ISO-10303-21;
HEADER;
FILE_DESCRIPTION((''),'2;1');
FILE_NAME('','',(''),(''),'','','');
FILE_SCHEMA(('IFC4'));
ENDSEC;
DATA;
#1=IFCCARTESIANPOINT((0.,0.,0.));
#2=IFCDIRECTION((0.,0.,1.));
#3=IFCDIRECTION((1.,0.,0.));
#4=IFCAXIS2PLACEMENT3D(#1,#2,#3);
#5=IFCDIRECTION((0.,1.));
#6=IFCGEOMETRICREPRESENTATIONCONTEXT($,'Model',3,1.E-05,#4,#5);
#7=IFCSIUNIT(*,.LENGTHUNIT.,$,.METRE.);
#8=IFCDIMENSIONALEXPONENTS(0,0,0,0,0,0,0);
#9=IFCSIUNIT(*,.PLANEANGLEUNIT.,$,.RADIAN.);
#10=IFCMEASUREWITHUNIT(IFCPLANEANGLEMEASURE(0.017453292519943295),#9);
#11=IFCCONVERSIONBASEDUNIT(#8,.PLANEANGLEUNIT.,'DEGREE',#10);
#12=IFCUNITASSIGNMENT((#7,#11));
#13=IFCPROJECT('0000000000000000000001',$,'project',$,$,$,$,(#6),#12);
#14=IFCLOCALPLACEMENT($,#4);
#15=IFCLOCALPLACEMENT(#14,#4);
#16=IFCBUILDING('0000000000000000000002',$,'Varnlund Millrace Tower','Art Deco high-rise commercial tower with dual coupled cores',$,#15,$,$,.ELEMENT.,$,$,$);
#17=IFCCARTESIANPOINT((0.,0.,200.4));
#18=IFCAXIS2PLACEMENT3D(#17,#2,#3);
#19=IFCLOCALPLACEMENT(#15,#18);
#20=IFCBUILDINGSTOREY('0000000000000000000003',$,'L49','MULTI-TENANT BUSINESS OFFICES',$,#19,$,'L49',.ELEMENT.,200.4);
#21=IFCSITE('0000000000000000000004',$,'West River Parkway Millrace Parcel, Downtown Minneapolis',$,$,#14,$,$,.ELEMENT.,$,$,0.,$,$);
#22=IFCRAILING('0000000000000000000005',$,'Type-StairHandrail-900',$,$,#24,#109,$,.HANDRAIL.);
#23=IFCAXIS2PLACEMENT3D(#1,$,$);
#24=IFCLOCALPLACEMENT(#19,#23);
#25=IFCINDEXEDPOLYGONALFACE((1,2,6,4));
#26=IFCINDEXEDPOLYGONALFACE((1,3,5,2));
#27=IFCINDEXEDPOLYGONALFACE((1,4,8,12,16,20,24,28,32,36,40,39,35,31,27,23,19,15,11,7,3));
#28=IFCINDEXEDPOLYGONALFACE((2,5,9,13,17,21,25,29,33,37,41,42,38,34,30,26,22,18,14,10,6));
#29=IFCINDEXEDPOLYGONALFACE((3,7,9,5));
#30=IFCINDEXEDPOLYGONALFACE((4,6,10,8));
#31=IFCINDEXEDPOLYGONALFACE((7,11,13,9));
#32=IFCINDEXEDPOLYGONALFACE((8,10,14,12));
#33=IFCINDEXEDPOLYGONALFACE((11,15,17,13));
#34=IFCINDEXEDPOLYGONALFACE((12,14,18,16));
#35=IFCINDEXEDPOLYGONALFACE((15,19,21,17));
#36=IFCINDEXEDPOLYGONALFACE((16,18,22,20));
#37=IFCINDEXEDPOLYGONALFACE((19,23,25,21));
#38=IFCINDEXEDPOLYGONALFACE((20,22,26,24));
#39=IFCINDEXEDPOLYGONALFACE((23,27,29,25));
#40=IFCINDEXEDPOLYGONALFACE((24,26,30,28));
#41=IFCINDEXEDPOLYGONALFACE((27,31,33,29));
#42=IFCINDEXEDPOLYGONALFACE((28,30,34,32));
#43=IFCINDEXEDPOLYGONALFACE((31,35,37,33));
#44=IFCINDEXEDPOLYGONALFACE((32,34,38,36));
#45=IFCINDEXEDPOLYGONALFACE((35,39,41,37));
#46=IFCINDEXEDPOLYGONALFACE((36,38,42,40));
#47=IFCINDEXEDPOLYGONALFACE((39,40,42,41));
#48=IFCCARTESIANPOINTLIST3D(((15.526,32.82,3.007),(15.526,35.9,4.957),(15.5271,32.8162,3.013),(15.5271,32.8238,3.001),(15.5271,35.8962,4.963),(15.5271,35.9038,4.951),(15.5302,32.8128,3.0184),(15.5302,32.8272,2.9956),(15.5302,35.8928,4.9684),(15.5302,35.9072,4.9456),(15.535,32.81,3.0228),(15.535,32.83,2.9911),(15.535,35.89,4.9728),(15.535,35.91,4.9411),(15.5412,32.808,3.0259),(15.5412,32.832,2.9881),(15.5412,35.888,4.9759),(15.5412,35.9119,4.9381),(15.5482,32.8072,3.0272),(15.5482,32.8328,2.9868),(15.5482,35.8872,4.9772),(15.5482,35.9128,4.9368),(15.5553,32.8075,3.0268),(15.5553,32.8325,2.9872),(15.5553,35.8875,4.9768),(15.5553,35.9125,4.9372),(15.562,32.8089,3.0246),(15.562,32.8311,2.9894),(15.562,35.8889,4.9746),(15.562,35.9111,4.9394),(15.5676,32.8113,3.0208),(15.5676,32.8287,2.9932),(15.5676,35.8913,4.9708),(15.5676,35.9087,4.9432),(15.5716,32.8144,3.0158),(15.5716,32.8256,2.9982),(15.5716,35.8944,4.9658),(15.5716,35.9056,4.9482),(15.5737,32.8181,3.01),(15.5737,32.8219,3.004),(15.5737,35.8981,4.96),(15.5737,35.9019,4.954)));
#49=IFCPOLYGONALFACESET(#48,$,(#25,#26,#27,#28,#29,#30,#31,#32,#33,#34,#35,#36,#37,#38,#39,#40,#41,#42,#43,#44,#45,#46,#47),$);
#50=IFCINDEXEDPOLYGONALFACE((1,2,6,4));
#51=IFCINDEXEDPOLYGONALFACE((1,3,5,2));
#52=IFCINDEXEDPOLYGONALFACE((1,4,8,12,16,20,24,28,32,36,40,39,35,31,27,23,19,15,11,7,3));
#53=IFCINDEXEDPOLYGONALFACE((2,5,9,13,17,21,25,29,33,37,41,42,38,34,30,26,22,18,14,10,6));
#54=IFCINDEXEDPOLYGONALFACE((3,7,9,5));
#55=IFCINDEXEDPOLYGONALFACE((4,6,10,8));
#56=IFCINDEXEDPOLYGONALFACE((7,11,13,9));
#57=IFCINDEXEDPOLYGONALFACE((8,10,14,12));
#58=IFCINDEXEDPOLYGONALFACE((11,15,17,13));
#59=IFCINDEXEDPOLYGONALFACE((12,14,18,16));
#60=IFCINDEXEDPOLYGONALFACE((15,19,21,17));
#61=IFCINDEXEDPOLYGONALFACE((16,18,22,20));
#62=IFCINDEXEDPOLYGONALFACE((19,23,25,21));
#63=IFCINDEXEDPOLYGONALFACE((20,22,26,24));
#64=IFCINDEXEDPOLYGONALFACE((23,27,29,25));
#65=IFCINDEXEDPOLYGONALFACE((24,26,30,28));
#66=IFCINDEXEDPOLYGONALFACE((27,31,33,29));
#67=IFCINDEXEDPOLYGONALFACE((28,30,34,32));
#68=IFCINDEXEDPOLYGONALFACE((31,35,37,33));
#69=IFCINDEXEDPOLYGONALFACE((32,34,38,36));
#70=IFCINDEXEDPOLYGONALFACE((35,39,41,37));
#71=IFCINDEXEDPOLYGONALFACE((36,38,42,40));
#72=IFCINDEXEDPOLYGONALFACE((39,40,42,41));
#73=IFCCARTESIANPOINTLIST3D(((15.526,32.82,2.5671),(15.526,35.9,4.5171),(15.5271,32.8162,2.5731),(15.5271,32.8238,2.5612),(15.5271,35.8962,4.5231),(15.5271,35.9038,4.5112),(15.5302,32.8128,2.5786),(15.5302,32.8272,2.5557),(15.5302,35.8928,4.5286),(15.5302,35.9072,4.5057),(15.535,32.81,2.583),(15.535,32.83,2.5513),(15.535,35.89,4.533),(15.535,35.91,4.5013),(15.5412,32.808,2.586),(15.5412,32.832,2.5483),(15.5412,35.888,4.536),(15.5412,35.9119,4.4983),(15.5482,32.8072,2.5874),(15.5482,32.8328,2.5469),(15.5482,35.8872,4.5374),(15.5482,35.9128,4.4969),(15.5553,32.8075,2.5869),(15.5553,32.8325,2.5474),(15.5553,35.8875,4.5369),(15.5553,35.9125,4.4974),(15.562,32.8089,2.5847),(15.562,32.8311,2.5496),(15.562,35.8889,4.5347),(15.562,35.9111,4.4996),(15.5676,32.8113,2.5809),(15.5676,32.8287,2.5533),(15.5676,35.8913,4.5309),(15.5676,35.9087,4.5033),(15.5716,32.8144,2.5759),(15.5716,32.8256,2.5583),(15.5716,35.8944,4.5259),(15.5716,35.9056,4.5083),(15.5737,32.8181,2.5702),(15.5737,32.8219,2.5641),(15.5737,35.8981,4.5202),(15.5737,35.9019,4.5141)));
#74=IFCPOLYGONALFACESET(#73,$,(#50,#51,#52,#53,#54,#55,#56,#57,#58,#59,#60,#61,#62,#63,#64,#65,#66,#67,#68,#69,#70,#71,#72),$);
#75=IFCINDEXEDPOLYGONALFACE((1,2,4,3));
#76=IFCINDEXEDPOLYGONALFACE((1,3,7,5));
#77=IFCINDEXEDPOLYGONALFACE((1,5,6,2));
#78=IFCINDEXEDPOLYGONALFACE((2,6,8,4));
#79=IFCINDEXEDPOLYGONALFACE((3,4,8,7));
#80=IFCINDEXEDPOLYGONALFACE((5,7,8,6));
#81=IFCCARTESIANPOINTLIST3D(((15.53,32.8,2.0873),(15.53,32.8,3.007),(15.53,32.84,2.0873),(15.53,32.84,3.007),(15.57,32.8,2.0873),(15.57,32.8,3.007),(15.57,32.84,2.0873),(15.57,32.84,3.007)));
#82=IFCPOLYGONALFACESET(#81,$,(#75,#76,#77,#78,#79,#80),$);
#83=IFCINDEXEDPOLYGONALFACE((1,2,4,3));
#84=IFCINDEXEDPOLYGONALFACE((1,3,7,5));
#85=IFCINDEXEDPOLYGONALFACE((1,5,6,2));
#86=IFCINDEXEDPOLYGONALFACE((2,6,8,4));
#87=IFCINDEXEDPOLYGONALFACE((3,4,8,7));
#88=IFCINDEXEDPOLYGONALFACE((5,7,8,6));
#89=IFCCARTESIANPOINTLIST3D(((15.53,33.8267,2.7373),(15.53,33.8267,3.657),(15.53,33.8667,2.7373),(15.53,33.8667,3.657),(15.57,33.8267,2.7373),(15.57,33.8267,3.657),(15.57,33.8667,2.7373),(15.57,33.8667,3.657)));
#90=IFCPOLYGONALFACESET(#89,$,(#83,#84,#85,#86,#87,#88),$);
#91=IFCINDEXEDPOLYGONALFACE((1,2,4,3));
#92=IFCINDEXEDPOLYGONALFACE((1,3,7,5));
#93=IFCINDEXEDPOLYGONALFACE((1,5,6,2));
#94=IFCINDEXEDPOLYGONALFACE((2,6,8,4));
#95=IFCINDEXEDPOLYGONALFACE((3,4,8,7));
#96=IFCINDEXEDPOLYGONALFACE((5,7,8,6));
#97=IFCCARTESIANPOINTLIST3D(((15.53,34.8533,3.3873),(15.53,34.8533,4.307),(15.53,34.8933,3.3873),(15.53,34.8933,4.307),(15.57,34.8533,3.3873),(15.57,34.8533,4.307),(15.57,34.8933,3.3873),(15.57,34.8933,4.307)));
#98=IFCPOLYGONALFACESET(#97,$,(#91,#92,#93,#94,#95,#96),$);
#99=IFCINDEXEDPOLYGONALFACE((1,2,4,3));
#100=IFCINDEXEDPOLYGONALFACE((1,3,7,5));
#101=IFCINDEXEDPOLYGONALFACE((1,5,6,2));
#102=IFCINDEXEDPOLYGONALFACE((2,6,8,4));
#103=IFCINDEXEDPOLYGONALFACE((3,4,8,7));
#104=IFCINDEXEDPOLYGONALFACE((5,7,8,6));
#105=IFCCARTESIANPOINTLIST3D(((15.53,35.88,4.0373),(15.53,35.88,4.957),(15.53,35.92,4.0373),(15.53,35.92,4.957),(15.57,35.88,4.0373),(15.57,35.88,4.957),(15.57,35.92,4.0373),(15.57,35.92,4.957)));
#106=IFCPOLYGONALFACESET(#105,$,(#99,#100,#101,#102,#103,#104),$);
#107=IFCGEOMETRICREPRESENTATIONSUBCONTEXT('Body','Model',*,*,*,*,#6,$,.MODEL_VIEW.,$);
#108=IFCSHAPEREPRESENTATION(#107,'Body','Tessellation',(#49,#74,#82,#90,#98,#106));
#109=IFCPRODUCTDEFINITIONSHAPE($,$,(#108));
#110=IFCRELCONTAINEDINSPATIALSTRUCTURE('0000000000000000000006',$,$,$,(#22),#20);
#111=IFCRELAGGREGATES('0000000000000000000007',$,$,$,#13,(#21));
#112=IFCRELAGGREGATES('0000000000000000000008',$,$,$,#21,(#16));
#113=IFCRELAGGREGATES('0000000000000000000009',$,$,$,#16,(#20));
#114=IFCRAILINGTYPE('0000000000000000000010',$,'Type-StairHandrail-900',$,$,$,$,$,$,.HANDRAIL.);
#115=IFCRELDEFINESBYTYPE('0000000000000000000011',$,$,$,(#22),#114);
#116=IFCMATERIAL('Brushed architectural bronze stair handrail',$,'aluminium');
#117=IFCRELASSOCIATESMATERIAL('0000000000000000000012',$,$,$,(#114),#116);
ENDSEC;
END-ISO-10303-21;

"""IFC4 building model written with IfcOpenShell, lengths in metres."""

from ifc_helpers import new_model, entity, si_unit, converted_unit, direction, frame, origin_with_axes, origin_2d_with_axis, place, context, subcontext, project, spatial, rectangle, circle, extrude, material, type_object, element, save


model = new_model("IFC4")

# Units and contexts
model_context = context("Model", 3, precision=1e-05, world=origin_with_axes(), true_north=direction((0.0, 1.0)))
body_context = subcontext(model_context, "Body", "Model", "MODEL_VIEW")
ifc_project = project(units=[si_unit("LENGTHUNIT", "METRE"), converted_unit("PLANEANGLEUNIT", "DEGREE", entity("IfcPlaneAngleMeasure", 0.017453292519943295), si_unit("PLANEANGLEUNIT", "RADIAN"), dimensions=[0, 0, 0, 0, 0, 0, 0])], contexts=[model_context])

# Site, building, storey
site_placement = place(None, origin_with_axes())
site = spatial("IfcSite", under=ifc_project, at=site_placement, Name="West River Parkway Millrace Parcel, Downtown Minneapolis", CompositionType="ELEMENT", RefElevation=0.0)
building_placement = place(site_placement, origin_with_axes())
building = spatial("IfcBuilding", under=site, at=building_placement, Name="Varnlund Millrace Tower", Description="Art Deco high-rise commercial tower with dual coupled cores", CompositionType="ELEMENT")
storey_placement = place(building_placement, frame((0.0, 0.0, 200.4), z_axis=(0.0, 0.0, 1.0), x_axis=(1.0, 0.0, 0.0)))
storey = spatial("IfcBuildingStorey", under=building, at=storey_placement, Name="L49", Description="MULTI-TENANT BUSINESS OFFICES", LongName="L49", CompositionType="ELEMENT", Elevation=200.4)

# Railing
ifc_material_1 = material(Name="Brushed architectural bronze stair handrail", Category="aluminium")
railing_type_1 = type_object("IfcRailingType", Name="Type-StairHandrail-900", PredefinedType="HANDRAIL", material=ifc_material_1)
railing_1_placement = place(storey_placement, frame((0.0, 0.0, -200.4), z_axis=(0.0, 0.0, 1.0), x_axis=(1.0, 0.0, 0.0)))
element("IfcRailing", 1, at=railing_1_placement, inside=storey, type_object=railing_type_1, Name="Type-StairHandrail-900", PredefinedType="HANDRAIL", context=body_context, shape_type="SweptSolid", body=[
    extrude(circle(Radius=0.024, at=origin_2d_with_axis()), frame((15.55, 32.82, 203.407), z_axis=(0.0, 0.844902, 0.534922), x_axis=(-1.0, 0.0, 0.0)), (0.0, 0.0, 1.0), 3.6454),
    extrude(circle(Radius=0.024, at=origin_2d_with_axis()), frame((15.55, 32.82, 202.9671), z_axis=(0.0, 0.844902, 0.534922), x_axis=(-1.0, 0.0, 0.0)), (0.0, 0.0, 1.0), 3.6454),
    extrude(rectangle(XDim=0.04, YDim=0.04, at=origin_2d_with_axis()), frame((15.55, 32.82, 202.4873), z_axis=(0.0, 0.0, 1.0), x_axis=(1.0, 0.0, 0.0)), (0.0, 0.0, 1.0), 0.9197),
    extrude(rectangle(XDim=0.04, YDim=0.04, at=origin_2d_with_axis()), frame((15.55, 33.8467, 203.1373), z_axis=(0.0, 0.0, 1.0), x_axis=(1.0, 0.0, 0.0)), (0.0, 0.0, 1.0), 0.9197),
    extrude(rectangle(XDim=0.04, YDim=0.04, at=origin_2d_with_axis()), frame((15.55, 34.8733, 203.7873), z_axis=(0.0, 0.0, 1.0), x_axis=(1.0, 0.0, 0.0)), (0.0, 0.0, 1.0), 0.9197),
    extrude(rectangle(XDim=0.04, YDim=0.04, at=origin_2d_with_axis()), frame((15.55, 35.9, 204.4373), z_axis=(0.0, 0.0, 1.0), x_axis=(1.0, 0.0, 0.0)), (0.0, 0.0, 1.0), 0.9197),
])

save(model, "model.ifc")
